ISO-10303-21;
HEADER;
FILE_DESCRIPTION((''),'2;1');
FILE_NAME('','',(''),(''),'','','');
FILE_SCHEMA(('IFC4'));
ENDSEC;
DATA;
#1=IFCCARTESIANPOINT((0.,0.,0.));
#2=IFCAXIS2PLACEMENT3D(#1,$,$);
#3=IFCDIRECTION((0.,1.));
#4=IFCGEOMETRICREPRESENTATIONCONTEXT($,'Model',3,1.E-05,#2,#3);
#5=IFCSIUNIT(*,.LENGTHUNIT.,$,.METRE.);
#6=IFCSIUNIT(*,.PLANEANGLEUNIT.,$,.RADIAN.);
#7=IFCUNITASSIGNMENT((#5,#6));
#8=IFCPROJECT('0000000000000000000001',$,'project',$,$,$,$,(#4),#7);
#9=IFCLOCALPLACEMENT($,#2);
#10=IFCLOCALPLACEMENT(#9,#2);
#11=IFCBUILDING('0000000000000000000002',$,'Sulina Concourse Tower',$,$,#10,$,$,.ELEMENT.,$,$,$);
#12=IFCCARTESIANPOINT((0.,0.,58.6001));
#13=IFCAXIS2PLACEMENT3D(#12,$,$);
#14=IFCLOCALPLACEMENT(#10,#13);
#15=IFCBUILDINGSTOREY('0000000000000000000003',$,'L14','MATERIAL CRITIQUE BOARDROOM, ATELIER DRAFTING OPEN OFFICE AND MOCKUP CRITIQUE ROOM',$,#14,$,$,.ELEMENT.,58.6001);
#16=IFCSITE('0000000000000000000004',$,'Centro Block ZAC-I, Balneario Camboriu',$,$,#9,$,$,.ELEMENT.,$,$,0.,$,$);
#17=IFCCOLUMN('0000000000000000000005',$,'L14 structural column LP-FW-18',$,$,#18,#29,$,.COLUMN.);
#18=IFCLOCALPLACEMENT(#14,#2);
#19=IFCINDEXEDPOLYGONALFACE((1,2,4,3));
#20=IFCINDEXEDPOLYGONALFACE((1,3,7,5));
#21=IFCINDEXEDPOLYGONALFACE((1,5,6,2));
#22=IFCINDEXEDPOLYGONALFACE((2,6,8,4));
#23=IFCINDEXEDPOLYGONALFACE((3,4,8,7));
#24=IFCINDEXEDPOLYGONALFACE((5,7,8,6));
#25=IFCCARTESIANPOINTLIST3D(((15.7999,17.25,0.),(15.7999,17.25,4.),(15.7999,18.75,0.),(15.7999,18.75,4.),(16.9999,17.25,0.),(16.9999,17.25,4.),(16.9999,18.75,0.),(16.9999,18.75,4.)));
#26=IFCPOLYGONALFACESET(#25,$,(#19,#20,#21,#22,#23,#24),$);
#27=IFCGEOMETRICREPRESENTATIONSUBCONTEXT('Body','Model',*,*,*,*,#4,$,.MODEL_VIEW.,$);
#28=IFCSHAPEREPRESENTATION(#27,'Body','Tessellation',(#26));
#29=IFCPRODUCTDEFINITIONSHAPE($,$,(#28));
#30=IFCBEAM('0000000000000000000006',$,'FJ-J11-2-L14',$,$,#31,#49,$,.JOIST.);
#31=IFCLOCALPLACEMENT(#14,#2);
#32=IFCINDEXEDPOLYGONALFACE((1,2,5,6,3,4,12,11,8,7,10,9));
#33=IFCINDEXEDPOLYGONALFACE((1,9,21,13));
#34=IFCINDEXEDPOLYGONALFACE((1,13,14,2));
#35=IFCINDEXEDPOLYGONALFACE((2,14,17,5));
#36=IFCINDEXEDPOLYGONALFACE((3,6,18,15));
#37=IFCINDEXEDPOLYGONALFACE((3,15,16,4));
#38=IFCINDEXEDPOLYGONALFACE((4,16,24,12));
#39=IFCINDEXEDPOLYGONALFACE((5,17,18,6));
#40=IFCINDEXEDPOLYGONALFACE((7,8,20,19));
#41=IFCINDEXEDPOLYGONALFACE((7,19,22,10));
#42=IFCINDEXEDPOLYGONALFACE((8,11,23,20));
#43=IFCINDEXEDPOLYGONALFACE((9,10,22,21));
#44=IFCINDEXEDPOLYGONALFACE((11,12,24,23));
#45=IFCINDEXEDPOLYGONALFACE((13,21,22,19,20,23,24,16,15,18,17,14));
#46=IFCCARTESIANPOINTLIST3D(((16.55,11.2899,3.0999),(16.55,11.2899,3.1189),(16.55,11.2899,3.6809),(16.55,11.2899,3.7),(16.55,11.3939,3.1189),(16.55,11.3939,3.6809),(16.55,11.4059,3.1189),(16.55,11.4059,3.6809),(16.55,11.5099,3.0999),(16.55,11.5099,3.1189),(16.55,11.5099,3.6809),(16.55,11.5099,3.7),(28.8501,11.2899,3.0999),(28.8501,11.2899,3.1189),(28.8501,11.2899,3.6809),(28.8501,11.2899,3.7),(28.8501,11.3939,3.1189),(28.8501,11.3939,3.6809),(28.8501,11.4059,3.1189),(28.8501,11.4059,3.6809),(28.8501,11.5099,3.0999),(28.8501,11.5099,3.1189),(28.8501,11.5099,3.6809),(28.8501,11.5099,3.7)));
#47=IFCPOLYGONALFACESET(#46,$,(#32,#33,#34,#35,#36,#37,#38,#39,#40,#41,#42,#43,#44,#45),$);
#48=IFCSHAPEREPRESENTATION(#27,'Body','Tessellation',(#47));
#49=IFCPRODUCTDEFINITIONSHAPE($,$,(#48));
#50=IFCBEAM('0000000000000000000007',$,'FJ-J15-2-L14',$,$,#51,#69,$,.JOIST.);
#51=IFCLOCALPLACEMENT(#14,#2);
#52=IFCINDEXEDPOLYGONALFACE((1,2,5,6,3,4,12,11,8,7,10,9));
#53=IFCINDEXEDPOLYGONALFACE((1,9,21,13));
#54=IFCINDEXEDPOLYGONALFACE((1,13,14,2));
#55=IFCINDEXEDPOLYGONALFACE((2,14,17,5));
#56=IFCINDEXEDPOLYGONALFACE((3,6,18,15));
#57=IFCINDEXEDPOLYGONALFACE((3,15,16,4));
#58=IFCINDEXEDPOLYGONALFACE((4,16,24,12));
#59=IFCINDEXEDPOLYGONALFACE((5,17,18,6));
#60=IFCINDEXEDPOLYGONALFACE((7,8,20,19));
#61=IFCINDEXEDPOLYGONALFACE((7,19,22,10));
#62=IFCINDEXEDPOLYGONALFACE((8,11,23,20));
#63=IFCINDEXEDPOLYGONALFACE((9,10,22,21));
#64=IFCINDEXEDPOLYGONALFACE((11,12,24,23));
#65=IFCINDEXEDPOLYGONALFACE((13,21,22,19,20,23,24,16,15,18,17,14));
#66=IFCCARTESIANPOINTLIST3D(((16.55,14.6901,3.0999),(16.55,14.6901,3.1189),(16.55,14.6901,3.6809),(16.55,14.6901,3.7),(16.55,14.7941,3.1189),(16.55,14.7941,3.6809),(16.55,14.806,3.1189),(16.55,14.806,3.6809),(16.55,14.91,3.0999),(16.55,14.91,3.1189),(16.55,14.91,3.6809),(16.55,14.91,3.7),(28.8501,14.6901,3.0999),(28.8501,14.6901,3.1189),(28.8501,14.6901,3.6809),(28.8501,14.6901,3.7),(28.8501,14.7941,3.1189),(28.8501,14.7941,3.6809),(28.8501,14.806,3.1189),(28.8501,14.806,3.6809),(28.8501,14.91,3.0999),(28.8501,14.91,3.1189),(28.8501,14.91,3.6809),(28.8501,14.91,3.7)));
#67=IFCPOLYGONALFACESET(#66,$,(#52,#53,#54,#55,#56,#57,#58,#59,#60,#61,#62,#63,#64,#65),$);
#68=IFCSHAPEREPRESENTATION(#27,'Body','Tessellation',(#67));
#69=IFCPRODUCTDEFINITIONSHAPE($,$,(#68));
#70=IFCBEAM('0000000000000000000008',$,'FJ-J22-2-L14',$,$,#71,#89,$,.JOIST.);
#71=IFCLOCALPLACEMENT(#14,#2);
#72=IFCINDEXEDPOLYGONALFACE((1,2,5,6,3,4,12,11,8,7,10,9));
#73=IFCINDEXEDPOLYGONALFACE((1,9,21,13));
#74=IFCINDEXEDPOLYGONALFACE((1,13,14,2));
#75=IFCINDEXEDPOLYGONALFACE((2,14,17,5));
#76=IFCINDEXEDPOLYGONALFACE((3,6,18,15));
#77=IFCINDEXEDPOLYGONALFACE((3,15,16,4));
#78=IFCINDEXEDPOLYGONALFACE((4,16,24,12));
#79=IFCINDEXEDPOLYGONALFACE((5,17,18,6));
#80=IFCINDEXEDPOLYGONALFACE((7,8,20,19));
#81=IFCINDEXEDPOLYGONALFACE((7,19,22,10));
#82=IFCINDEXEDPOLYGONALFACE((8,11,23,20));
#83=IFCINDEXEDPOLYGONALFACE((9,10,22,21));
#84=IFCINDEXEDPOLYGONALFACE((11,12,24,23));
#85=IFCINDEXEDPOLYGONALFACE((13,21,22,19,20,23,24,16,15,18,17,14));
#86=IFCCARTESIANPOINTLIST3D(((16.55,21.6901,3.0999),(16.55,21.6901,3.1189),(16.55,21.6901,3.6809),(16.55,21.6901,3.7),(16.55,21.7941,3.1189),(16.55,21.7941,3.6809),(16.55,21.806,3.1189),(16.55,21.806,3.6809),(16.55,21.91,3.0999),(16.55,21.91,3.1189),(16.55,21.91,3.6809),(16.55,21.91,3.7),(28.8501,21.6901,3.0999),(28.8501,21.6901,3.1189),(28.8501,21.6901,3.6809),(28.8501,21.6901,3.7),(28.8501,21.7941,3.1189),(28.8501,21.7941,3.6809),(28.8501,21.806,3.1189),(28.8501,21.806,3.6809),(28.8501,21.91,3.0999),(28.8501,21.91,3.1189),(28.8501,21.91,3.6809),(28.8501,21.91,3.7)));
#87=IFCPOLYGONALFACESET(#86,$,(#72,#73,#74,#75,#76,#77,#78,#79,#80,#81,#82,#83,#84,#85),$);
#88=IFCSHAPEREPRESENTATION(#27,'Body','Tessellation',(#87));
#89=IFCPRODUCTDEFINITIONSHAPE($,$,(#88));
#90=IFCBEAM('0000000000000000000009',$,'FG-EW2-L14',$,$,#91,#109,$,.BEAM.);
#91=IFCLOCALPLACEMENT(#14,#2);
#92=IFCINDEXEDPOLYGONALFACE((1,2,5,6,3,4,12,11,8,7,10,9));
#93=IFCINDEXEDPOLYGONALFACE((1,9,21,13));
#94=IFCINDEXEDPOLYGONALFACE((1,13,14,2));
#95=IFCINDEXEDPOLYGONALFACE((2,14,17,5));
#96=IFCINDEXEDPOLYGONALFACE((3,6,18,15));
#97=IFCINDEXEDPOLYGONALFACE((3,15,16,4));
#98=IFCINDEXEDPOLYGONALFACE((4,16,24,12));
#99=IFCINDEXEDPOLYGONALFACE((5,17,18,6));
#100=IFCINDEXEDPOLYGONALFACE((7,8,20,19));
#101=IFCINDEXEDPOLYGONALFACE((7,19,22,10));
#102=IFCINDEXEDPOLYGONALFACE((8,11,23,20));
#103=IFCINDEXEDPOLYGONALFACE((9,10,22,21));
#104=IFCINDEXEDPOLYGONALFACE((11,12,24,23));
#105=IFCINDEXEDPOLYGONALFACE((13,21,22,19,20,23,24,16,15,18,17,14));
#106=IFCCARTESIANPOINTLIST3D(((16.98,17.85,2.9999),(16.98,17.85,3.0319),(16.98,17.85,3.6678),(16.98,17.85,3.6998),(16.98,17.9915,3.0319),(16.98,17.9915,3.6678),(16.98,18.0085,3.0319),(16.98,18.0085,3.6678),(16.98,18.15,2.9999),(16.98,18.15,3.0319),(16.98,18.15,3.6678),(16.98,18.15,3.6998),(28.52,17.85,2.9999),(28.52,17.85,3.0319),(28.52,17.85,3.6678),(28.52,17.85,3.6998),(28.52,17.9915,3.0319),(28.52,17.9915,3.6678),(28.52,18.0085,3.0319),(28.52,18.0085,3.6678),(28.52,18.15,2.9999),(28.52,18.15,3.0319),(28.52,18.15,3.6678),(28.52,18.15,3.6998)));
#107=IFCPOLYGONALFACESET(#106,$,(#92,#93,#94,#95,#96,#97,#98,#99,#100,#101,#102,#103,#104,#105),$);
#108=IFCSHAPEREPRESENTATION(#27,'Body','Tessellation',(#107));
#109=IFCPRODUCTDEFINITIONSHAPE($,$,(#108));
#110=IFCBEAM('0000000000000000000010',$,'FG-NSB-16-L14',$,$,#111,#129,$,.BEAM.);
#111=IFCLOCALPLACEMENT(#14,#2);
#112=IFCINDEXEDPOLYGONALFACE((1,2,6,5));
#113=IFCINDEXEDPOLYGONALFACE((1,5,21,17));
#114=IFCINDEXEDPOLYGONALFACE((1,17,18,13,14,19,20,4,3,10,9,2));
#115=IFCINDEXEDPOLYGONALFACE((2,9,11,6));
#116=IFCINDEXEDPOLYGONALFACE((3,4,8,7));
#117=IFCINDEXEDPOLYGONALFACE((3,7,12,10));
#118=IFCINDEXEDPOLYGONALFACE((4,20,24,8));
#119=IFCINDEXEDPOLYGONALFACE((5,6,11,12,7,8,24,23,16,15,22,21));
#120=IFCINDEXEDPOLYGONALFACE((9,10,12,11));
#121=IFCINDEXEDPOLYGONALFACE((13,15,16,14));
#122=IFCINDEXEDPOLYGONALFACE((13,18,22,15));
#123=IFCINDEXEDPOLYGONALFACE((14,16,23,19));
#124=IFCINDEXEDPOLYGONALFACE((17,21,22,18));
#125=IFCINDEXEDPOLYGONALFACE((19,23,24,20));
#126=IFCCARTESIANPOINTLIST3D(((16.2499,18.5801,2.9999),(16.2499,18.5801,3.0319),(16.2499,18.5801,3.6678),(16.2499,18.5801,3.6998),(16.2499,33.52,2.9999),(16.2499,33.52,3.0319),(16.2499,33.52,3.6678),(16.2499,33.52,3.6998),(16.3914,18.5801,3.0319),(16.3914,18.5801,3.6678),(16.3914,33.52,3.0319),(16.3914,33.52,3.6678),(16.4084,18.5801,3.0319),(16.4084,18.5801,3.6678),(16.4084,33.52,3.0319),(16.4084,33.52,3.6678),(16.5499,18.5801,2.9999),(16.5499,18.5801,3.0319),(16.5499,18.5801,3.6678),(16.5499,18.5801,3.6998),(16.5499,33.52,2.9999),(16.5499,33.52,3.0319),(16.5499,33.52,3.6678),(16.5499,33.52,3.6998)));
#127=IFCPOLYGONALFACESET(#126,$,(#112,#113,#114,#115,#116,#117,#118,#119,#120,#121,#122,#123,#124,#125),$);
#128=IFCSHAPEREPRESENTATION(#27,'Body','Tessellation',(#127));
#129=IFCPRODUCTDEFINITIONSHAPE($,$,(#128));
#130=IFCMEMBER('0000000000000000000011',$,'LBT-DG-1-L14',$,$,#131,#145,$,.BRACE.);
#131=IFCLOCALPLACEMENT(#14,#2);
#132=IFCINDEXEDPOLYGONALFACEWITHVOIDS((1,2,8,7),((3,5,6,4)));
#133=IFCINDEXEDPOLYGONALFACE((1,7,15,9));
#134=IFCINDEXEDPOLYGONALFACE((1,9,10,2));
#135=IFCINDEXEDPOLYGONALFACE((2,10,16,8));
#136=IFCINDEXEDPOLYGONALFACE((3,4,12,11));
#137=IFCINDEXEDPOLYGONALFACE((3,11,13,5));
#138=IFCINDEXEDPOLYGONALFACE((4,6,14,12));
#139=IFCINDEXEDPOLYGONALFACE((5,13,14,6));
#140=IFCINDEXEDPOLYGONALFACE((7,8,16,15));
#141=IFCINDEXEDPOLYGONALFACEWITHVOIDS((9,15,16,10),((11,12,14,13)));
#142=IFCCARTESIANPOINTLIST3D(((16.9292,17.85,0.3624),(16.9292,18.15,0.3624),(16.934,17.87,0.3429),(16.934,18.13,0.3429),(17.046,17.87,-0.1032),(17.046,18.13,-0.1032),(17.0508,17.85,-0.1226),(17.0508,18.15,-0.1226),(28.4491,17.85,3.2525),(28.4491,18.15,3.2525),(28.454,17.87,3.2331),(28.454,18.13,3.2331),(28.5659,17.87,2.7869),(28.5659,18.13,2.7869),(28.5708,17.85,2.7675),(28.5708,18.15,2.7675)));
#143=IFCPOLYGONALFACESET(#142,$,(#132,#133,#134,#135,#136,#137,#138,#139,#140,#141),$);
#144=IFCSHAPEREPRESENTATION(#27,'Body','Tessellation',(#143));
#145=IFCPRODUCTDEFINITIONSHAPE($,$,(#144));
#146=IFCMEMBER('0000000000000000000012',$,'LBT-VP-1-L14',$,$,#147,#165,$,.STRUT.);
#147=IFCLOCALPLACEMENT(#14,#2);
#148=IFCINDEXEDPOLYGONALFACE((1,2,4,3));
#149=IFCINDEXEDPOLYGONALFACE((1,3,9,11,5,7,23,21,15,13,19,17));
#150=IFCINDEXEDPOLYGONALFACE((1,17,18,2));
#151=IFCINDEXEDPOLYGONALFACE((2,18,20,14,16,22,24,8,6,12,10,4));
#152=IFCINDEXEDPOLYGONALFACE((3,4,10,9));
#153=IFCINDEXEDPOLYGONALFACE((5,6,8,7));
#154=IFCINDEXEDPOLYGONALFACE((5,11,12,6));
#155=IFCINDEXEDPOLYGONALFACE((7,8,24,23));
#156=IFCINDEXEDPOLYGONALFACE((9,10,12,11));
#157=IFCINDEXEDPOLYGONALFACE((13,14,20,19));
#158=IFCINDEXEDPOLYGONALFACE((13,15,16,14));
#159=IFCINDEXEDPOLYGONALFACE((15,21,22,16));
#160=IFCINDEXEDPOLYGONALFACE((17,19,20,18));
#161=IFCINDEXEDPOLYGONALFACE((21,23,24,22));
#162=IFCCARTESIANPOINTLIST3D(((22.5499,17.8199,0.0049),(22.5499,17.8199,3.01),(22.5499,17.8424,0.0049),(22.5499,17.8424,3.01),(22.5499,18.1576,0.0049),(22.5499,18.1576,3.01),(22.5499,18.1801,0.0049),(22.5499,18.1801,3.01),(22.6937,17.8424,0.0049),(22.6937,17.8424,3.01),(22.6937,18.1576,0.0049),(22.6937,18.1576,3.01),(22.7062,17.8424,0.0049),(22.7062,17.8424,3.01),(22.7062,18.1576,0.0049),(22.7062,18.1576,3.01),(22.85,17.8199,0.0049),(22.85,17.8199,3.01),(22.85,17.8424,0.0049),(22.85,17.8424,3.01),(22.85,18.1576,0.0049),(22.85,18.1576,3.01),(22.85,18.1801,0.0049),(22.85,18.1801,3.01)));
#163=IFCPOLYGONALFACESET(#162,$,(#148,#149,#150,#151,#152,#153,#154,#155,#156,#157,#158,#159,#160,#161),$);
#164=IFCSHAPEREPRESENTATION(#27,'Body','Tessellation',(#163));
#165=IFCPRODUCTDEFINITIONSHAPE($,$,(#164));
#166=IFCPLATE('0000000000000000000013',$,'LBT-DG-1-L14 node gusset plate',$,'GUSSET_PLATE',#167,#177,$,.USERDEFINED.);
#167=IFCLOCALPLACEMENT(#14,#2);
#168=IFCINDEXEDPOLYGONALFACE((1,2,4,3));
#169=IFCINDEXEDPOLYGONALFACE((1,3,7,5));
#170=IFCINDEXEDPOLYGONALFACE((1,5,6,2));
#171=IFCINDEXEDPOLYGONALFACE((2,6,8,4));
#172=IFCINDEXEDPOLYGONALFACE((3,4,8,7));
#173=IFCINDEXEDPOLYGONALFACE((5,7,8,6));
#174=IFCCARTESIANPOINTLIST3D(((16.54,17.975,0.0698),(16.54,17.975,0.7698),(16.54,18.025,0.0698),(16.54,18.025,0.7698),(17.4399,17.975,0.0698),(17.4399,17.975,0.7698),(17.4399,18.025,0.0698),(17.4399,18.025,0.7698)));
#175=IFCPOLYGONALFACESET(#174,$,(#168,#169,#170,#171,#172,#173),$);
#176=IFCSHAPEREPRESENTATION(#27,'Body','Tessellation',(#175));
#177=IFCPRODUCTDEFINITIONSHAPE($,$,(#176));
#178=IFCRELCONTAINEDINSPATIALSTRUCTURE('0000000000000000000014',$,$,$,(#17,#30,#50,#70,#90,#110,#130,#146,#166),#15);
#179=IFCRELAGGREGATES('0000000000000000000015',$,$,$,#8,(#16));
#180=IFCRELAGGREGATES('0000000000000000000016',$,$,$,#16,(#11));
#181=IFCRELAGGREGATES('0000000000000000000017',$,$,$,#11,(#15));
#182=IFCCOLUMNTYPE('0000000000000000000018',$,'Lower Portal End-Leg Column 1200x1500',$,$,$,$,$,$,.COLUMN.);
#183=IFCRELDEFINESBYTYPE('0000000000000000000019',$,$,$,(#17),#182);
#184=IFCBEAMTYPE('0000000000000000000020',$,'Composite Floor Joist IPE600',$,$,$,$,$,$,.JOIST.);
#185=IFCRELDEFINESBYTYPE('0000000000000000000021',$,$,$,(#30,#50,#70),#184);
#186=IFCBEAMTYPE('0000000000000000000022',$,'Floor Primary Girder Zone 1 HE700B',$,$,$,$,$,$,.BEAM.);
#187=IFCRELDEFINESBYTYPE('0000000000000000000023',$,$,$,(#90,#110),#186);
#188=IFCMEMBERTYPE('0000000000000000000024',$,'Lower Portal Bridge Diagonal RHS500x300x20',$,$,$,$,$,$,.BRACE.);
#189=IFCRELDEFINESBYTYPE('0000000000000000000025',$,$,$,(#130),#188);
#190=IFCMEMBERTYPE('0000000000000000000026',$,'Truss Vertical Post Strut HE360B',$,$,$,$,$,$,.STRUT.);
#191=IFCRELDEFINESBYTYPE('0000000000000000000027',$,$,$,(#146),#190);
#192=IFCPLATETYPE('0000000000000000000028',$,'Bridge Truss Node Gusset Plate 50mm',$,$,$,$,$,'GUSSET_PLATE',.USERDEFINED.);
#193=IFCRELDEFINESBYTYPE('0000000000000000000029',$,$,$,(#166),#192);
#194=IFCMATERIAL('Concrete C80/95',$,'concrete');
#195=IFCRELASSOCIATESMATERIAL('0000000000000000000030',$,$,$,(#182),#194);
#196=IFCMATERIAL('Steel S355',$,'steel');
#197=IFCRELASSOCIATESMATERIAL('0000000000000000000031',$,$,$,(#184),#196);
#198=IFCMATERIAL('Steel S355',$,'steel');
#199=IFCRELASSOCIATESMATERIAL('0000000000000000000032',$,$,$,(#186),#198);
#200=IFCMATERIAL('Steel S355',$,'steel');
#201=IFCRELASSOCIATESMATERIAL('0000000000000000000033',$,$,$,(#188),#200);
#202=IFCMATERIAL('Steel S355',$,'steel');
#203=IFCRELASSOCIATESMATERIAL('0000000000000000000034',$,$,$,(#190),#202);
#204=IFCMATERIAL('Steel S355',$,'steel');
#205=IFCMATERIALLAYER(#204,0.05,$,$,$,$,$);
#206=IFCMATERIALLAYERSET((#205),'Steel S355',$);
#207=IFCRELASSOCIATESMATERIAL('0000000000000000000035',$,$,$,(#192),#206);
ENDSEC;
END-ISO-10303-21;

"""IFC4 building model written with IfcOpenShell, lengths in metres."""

from ifc_helpers import new_model, si_unit, direction, frame, origin, origin_2d, place, context, subcontext, project, spatial, rectangle, hollow_rectangle, i_section, extrude, material, layer, layer_set, material_profile, profile_set, type_object, element, save


model = new_model("IFC4")

# Units and contexts
model_context = context("Model", 3, precision=1e-05, world=origin(), true_north=direction((0.0, 1.0)))
body_context = subcontext(model_context, "Body", "Model", "MODEL_VIEW")
ifc_project = project(units=[si_unit("LENGTHUNIT", "METRE"), si_unit("PLANEANGLEUNIT", "RADIAN")], contexts=[model_context])

# Site, building, storey
site_placement = place(None, origin())
site = spatial("IfcSite", under=ifc_project, at=site_placement, Name="Centro Block ZAC-I, Balneario Camboriu", CompositionType="ELEMENT", RefElevation=0.0)
building_placement = place(site_placement, origin())
building = spatial("IfcBuilding", under=site, at=building_placement, Name="Sulina Concourse Tower", CompositionType="ELEMENT")
storey_placement = place(building_placement, frame((0.0, 0.0, 58.6001)))
storey = spatial("IfcBuildingStorey", under=building, at=storey_placement, Name="L14", Description="MATERIAL CRITIQUE BOARDROOM, ATELIER DRAFTING OPEN OFFICE AND MOCKUP CRITIQUE ROOM", CompositionType="ELEMENT", Elevation=58.6001)

# Column
ifc_material_1 = material(Name="Concrete C80/95", Category="concrete")
ifc_material_profile_1 = material_profile(ifc_material_1, rectangle(XDim=1.2, YDim=1.5, at=origin_2d()), Name="RC 1200x1500")
ifc_profile_set_1 = profile_set([ifc_material_profile_1], Name="Concrete C80/95")
column_type = type_object("IfcColumnType", Name="Lower Portal End-Leg Column 1200x1500", PredefinedType="COLUMN", material=ifc_profile_set_1)
column_placement = place(storey_placement, frame((16.3999, 18.0, 0.0), z_axis=(0.0, 0.0, 1.0), x_axis=(1.0, 0.0, 0.0)))
element("IfcColumn", 1, at=column_placement, inside=storey, type_object=column_type, Name="L14 structural column LP-FW-18", PredefinedType="COLUMN", context=body_context, shape_type="SweptSolid", body=[
    extrude(rectangle(XDim=1.2, YDim=1.5, at=origin_2d()), origin(), (0.0, 0.0, 1.0), 4.0),
])

# Beams
ifc_material_2 = material(Name="Steel S355", Category="steel")
ifc_material_profile_2 = material_profile(ifc_material_2, i_section(OverallWidth=0.22, OverallDepth=0.6001, WebThickness=0.012, FlangeThickness=0.019, at=origin_2d()), Name="IPE 600")
ifc_profile_set_2 = profile_set([ifc_material_profile_2], Name="Steel S355")
beam_type_1 = type_object("IfcBeamType", Name="Composite Floor Joist IPE600", PredefinedType="JOIST", material=ifc_profile_set_2)
for number, where, z_axis, x_axis, name in (
    (2, (16.55, 11.3999, 3.3999), (1.0, 0.0, 0.0), (0.0, 1.0, 0.0), "FJ-J11-2-L14"),
    (3, (16.55, 14.8, 3.3999), (1.0, 0.0, 0.0), (0.0, 1.0, 0.0), "FJ-J15-2-L14"),
    (4, (16.55, 21.8, 3.3999), (1.0, 0.0, 0.0), (0.0, 1.0, 0.0), "FJ-J22-2-L14"),
):
    element("IfcBeam", number, at=place(storey_placement, frame(where, z_axis=z_axis, x_axis=x_axis)), inside=storey, type_object=beam_type_1, Name=name, PredefinedType="JOIST", context=body_context, shape_type="SweptSolid", body=[
        extrude(i_section(OverallWidth=0.22, OverallDepth=0.6001, WebThickness=0.012, FlangeThickness=0.019, at=origin_2d()), origin(), (0.0, 0.0, 1.0), 12.3),
    ])
ifc_material_3 = material(Name="Steel S355", Category="steel")
ifc_material_profile_3 = material_profile(ifc_material_3, i_section(OverallWidth=0.3, OverallDepth=0.7, WebThickness=0.0171, FlangeThickness=0.032, at=origin_2d()), Name="HE 700 B")
ifc_profile_set_3 = profile_set([ifc_material_profile_3], Name="Steel S355")
beam_type_2 = type_object("IfcBeamType", Name="Floor Primary Girder Zone 1 HE700B", PredefinedType="BEAM", material=ifc_profile_set_3)
beam_1_placement = place(storey_placement, frame((16.98, 18.0, 3.3499), z_axis=(1.0, 0.0, 0.0), x_axis=(0.0, 1.0, 0.0)))
element("IfcBeam", 5, at=beam_1_placement, inside=storey, type_object=beam_type_2, Name="FG-EW2-L14", PredefinedType="BEAM", context=body_context, shape_type="SweptSolid", body=[
    extrude(i_section(OverallWidth=0.3, OverallDepth=0.7, WebThickness=0.0171, FlangeThickness=0.032, at=origin_2d()), origin(), (0.0, 0.0, 1.0), 11.54),
])
beam_2_placement = place(storey_placement, frame((16.3999, 18.5801, 3.3499), z_axis=(0.0, 1.0, 0.0), x_axis=(-1.0, 0.0, 0.0)))
element("IfcBeam", 6, at=beam_2_placement, inside=storey, type_object=beam_type_2, Name="FG-NSB-16-L14", PredefinedType="BEAM", context=body_context, shape_type="SweptSolid", body=[
    extrude(i_section(OverallWidth=0.3, OverallDepth=0.7, WebThickness=0.0171, FlangeThickness=0.032, at=origin_2d()), origin(), (0.0, 0.0, 1.0), 14.9399),
])

# Members
ifc_material_4 = material(Name="Steel S355", Category="steel")
ifc_material_profile_4 = material_profile(ifc_material_4, hollow_rectangle(XDim=0.3, YDim=0.5, WallThickness=0.02, at=origin_2d()), Name="RHS 500x300x20")
ifc_profile_set_4 = profile_set([ifc_material_profile_4], Name="Steel S355")
member_type_1 = type_object("IfcMemberType", Name="Lower Portal Bridge Diagonal RHS500x300x20", PredefinedType="BRACE", material=ifc_profile_set_4)
member_1_placement = place(storey_placement, frame((16.99, 18.0, 0.1199), z_axis=(0.969941, 0.0, 0.243338), x_axis=(0.0, 1.0, 0.0)))
element("IfcMember", 7, at=member_1_placement, inside=storey, type_object=member_type_1, Name="LBT-DG-1-L14", PredefinedType="BRACE", context=body_context, shape_type="SweptSolid", body=[
    extrude(hollow_rectangle(XDim=0.3, YDim=0.5, WallThickness=0.02, at=origin_2d()), origin(), (0.0, 0.0, 1.0), 11.877),
])
ifc_material_5 = material(Name="Steel S355", Category="steel")
ifc_material_profile_5 = material_profile(ifc_material_5, i_section(OverallWidth=0.3, OverallDepth=0.3601, WebThickness=0.0125, FlangeThickness=0.0225, at=origin_2d()), Name="HE 360 B")
ifc_profile_set_5 = profile_set([ifc_material_profile_5], Name="Steel S355")
member_type_2 = type_object("IfcMemberType", Name="Truss Vertical Post Strut HE360B", PredefinedType="STRUT", material=ifc_profile_set_5)
member_2_placement = place(storey_placement, frame((22.7, 18.0, 0.0049), z_axis=(0.0, 0.0, 1.0), x_axis=(1.0, 0.0, 0.0)))
element("IfcMember", 8, at=member_2_placement, inside=storey, type_object=member_type_2, Name="LBT-VP-1-L14", PredefinedType="STRUT", context=body_context, shape_type="SweptSolid", body=[
    extrude(i_section(OverallWidth=0.3, OverallDepth=0.3601, WebThickness=0.0125, FlangeThickness=0.0225, at=origin_2d()), origin(), (0.0, 0.0, 1.0), 3.0051),
])

# Plate
ifc_material_6 = material(Name="Steel S355", Category="steel")
ifc_layer_1 = layer(ifc_material_6, 0.05)
ifc_layer_set_1 = layer_set([ifc_layer_1], Name="Steel S355")
plate_type_1 = type_object("IfcPlateType", Name="Bridge Truss Node Gusset Plate 50mm", ElementType="GUSSET_PLATE", PredefinedType="USERDEFINED", material=ifc_layer_set_1)
plate_1_placement = place(storey_placement, frame((16.99, 18.0, 0.0698), z_axis=(0.0, 0.0, 1.0), x_axis=(1.0, 0.0, 0.0)))
element("IfcPlate", 9, at=plate_1_placement, inside=storey, type_object=plate_type_1, Name="LBT-DG-1-L14 node gusset plate", ObjectType="GUSSET_PLATE", PredefinedType="USERDEFINED", context=body_context, shape_type="SweptSolid", body=[
    extrude(rectangle(XDim=0.8999, YDim=0.05, at=origin_2d()), origin(), (0.0, 0.0, 1.0), 0.7),
])

save(model, "model.ifc")
